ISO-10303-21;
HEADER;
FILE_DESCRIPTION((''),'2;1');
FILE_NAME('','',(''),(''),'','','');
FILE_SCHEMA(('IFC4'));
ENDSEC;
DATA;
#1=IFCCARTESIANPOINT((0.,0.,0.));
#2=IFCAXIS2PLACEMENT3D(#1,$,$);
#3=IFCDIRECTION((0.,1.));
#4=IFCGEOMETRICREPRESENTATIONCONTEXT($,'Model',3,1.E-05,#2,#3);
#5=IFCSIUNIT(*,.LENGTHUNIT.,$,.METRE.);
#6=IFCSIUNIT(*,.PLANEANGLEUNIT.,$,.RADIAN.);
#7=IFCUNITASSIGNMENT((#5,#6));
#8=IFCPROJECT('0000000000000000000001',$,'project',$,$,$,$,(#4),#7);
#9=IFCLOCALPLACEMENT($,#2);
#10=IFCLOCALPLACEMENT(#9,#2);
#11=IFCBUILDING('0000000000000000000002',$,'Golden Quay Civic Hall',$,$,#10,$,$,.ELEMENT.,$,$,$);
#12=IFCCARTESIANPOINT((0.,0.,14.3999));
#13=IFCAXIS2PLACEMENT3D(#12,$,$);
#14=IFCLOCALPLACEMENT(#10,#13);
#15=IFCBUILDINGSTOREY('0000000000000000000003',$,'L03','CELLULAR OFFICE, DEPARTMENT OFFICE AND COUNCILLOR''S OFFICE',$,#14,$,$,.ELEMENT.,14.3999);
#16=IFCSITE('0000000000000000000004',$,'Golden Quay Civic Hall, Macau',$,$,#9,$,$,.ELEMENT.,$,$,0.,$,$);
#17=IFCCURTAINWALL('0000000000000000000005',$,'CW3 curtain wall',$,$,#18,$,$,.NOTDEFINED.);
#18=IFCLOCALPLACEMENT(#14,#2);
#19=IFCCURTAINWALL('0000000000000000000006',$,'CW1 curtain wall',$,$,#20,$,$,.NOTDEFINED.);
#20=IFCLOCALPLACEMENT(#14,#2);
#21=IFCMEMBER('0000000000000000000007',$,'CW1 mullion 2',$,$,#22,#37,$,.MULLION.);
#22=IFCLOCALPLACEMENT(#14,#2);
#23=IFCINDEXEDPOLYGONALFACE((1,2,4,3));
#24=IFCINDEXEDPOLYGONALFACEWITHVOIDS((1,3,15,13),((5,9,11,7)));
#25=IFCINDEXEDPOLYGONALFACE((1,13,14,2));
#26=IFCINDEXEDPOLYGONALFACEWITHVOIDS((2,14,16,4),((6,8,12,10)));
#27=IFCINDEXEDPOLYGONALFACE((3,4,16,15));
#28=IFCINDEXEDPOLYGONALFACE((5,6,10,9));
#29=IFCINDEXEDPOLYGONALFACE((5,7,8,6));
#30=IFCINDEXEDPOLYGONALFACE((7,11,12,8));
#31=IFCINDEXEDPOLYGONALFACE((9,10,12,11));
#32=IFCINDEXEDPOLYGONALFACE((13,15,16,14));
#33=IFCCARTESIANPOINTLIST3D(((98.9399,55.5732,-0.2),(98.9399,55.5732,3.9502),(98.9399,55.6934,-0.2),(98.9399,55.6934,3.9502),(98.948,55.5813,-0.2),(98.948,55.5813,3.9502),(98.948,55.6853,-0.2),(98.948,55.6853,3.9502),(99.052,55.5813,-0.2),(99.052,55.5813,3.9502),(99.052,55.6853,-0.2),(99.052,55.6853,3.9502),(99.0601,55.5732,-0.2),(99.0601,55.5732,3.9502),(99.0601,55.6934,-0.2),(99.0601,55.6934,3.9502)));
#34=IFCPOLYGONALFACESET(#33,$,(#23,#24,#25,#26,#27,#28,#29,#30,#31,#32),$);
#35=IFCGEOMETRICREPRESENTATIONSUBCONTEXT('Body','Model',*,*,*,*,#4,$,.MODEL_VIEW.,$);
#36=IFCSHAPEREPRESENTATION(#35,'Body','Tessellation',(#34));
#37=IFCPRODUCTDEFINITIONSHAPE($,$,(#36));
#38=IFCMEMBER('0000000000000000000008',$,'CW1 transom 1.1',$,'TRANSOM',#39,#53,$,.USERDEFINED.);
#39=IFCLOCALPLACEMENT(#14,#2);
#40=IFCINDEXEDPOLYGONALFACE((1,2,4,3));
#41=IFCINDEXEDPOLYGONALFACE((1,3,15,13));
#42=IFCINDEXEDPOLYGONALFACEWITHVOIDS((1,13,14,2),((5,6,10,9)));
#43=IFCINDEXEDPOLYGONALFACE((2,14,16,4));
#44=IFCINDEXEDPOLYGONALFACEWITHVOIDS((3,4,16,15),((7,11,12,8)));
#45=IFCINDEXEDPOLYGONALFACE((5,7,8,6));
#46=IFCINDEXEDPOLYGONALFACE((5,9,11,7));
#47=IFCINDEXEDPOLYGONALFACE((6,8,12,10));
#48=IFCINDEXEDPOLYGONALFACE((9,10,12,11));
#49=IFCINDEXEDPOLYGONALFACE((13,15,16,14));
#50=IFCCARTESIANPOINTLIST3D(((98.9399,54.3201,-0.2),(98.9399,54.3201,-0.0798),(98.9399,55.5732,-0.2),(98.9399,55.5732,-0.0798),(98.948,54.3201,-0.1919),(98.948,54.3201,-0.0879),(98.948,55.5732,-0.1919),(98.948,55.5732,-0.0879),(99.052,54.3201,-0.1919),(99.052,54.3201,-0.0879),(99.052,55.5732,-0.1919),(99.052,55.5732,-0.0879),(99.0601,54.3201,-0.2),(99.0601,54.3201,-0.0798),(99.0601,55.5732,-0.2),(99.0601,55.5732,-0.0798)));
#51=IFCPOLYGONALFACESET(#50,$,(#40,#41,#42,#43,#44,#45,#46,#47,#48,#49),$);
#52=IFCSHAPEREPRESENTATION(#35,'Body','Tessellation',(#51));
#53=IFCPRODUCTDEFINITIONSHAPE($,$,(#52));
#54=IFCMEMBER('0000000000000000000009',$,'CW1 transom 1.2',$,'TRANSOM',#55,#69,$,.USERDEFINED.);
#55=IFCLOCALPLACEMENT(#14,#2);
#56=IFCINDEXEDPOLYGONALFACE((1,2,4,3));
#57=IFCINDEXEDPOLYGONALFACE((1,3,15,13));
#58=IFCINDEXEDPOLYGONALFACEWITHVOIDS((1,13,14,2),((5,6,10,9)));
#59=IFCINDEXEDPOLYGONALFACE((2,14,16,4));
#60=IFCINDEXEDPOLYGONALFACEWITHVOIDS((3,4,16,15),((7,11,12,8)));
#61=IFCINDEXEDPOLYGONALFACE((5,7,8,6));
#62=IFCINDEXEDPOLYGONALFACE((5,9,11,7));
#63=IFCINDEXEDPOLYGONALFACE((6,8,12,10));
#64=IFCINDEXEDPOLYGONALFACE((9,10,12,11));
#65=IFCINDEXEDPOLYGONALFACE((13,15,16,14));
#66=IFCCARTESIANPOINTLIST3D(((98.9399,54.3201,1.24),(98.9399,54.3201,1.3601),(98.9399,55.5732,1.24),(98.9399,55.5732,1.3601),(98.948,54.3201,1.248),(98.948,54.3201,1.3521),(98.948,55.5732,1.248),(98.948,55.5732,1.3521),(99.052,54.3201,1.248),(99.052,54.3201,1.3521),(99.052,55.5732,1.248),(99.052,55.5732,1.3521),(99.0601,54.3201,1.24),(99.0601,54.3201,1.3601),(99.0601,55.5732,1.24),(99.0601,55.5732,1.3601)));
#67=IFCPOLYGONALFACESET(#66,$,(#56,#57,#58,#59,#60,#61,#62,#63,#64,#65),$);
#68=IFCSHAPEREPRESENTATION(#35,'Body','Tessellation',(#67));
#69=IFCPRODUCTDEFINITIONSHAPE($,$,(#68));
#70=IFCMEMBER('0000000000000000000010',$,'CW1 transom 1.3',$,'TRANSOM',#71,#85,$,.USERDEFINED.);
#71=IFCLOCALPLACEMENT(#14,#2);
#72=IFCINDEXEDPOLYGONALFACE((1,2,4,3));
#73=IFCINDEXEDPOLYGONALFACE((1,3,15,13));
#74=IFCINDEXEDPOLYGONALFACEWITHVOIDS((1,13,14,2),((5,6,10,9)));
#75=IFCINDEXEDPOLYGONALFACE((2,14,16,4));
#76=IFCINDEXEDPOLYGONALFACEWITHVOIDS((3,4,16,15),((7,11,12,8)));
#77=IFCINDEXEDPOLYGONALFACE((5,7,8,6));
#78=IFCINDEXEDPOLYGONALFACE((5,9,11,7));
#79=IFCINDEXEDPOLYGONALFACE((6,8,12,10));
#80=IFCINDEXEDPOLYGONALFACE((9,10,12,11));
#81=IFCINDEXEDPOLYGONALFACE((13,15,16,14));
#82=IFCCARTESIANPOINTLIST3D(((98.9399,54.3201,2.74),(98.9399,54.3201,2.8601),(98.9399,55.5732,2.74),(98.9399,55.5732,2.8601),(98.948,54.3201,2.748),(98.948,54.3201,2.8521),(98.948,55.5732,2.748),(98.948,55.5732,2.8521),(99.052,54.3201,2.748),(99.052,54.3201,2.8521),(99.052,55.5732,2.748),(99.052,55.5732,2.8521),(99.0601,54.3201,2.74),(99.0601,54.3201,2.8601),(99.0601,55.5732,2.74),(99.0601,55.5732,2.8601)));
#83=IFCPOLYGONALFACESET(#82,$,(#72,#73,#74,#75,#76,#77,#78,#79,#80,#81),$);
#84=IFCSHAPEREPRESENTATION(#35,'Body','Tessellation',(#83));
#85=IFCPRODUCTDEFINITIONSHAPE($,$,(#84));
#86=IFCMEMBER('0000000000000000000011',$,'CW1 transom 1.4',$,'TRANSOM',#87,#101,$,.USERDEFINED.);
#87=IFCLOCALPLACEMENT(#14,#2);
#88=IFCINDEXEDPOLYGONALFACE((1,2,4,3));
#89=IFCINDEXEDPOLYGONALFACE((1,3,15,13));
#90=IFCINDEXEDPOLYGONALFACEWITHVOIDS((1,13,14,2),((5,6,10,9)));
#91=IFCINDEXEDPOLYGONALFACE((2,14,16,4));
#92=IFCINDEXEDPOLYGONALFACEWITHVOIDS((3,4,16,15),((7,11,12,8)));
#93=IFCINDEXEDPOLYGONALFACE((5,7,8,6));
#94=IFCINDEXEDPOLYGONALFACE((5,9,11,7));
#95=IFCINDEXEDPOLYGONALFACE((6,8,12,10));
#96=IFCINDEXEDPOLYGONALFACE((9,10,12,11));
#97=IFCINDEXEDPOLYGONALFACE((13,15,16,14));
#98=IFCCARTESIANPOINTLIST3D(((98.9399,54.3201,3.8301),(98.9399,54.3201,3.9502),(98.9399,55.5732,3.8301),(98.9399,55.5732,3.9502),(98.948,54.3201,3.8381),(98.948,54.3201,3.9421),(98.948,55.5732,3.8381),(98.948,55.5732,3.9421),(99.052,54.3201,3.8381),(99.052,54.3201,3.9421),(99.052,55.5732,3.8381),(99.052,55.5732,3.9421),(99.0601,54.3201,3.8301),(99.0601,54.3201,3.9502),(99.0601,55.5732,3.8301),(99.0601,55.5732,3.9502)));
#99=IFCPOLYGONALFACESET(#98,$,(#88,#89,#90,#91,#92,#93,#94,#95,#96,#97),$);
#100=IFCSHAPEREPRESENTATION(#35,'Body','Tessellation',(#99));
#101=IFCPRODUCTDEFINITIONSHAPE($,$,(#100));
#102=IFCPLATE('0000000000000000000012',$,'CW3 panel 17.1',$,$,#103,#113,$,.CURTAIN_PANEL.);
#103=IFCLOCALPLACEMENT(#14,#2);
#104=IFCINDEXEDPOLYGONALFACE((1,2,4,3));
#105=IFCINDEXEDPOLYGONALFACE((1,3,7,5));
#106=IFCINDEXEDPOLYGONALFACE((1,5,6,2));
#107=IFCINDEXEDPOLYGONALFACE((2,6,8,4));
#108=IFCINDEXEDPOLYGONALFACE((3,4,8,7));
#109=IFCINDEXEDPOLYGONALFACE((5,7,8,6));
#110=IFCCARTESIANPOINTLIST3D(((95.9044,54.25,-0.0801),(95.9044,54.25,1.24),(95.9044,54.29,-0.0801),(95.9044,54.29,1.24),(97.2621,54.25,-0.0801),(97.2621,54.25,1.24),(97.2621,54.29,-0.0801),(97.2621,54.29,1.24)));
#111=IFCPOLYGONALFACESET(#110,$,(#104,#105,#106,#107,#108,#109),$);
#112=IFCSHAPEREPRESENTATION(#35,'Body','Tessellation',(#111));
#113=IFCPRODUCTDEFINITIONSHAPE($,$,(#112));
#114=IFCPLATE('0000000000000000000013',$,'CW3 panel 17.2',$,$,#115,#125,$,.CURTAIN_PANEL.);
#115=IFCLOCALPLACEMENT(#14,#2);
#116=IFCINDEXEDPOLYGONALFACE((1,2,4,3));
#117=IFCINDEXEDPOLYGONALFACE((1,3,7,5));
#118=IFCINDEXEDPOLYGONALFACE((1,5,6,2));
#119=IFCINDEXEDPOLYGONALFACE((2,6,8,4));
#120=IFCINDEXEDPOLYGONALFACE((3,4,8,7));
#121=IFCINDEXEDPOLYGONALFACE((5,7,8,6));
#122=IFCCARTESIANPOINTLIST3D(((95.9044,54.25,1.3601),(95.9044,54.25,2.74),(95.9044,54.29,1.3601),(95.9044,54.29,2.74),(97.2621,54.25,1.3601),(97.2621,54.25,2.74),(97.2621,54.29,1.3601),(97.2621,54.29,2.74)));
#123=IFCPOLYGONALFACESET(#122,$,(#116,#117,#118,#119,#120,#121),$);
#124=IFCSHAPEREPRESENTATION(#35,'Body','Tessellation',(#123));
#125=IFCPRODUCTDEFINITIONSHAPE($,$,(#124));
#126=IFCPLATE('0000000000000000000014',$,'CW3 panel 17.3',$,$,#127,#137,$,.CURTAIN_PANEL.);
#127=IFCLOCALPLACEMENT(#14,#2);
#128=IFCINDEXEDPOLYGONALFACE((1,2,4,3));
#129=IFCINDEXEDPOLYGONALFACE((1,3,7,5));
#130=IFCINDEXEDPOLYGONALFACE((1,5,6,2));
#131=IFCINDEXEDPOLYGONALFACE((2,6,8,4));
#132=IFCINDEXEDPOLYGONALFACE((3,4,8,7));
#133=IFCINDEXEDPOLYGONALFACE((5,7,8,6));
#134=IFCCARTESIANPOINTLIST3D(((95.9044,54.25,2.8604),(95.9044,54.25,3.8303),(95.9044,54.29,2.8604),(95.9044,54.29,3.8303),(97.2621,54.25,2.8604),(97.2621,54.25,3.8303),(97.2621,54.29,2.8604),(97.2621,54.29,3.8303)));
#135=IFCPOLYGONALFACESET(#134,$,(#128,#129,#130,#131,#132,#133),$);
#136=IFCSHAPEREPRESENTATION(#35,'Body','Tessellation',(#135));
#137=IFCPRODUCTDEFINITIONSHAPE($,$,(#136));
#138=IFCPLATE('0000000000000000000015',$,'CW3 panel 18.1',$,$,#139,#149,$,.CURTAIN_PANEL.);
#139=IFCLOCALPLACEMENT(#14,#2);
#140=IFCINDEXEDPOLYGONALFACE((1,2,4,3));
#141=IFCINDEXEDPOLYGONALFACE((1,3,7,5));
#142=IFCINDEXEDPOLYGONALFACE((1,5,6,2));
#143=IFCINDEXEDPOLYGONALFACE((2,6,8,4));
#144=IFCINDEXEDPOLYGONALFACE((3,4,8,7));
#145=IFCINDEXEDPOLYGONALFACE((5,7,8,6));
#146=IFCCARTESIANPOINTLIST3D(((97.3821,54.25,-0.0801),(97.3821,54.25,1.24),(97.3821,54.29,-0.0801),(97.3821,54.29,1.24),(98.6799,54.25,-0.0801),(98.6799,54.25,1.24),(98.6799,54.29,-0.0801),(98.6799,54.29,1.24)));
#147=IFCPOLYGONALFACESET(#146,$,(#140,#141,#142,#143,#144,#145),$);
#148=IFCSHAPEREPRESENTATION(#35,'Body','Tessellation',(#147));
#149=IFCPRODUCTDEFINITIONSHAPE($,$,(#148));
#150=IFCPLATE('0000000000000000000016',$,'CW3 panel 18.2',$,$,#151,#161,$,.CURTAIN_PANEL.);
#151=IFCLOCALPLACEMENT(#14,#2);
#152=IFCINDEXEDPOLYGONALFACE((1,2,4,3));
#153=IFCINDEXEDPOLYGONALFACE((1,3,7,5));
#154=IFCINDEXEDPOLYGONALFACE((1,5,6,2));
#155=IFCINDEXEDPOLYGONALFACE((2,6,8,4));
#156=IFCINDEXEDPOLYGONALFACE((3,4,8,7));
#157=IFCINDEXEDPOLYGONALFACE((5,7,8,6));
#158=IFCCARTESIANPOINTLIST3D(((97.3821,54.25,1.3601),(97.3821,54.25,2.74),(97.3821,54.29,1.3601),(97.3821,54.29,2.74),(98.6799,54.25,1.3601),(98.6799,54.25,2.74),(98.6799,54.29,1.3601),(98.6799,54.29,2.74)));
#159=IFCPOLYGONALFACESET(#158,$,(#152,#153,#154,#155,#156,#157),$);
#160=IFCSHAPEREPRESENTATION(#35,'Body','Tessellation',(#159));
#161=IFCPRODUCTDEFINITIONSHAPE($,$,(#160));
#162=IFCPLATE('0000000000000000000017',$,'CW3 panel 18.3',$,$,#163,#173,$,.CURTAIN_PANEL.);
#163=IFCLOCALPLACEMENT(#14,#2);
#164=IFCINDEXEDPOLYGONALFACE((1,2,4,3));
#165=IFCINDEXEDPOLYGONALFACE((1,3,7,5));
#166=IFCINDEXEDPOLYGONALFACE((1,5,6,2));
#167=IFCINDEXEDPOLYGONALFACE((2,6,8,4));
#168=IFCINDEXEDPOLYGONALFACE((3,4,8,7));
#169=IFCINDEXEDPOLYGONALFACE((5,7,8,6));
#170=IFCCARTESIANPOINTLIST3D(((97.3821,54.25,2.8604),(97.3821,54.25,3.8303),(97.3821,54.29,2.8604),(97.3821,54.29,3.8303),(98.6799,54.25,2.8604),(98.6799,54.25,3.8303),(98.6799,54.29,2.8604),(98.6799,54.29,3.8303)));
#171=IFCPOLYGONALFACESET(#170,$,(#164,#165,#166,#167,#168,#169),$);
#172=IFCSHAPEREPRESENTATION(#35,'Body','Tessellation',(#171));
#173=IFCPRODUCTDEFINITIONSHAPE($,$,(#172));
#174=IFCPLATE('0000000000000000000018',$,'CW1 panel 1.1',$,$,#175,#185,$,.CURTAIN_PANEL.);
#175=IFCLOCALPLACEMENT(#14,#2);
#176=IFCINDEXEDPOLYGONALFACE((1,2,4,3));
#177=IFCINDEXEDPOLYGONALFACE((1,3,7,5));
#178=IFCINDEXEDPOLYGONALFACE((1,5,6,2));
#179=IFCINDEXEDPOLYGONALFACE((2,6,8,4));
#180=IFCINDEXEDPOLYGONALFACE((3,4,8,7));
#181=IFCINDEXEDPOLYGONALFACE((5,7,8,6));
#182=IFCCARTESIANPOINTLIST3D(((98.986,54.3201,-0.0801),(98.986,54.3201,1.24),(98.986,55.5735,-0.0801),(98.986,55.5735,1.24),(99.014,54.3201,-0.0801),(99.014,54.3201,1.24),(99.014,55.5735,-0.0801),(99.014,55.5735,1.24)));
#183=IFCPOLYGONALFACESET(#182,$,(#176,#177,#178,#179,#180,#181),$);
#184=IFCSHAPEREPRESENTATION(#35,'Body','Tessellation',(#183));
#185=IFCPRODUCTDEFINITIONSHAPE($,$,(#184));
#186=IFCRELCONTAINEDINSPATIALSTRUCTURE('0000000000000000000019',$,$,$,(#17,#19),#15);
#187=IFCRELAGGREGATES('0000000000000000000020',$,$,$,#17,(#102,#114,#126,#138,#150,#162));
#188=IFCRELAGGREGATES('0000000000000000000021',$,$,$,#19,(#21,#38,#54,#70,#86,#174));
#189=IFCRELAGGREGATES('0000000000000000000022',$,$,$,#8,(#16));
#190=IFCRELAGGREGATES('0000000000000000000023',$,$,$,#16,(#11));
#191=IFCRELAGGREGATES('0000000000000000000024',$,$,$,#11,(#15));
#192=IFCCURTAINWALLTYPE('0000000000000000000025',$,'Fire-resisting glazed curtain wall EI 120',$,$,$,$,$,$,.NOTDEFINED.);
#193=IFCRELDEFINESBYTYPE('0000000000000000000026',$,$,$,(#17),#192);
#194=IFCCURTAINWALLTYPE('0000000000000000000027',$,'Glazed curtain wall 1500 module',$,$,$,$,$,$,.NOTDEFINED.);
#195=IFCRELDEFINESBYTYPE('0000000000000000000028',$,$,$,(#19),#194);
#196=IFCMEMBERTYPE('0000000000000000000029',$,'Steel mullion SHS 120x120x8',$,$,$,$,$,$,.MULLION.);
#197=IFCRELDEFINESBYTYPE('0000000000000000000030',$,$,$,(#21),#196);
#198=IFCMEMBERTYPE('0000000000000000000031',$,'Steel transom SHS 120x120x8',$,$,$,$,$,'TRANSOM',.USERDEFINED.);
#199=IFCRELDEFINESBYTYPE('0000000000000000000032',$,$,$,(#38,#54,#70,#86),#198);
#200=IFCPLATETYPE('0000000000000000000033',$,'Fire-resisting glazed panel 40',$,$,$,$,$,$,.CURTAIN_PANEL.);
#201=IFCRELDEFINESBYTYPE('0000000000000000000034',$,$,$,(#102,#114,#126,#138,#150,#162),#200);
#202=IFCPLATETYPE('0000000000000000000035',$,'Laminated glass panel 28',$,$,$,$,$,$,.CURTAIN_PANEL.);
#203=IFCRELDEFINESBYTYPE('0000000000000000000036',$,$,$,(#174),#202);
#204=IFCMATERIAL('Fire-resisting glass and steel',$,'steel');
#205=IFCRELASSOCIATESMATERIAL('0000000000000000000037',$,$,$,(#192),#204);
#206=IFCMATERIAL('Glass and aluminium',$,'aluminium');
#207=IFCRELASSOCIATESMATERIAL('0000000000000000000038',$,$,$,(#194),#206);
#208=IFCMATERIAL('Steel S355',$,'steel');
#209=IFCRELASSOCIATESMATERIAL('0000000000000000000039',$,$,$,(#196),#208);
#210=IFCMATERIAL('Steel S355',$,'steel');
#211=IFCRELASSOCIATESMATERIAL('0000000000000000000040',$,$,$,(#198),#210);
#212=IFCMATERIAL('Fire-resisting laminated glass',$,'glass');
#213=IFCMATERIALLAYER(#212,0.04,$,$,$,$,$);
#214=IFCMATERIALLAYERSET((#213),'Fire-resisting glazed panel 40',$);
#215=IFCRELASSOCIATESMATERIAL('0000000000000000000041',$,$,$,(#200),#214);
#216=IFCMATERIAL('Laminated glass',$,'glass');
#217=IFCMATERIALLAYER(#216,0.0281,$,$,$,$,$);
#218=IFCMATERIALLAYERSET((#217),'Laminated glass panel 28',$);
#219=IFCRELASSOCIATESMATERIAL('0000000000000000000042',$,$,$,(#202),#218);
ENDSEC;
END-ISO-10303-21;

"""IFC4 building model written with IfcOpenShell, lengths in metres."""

from ifc_helpers import new_model, si_unit, direction, frame, origin, origin_2d, place, context, subcontext, project, spatial, rectangle, hollow_rectangle, extrude, material, layer, layer_set, material_profile, profile_set, type_object, element, aggregate, save


model = new_model("IFC4")

# Units and contexts
model_context = context("Model", 3, precision=1e-05, world=origin(), true_north=direction((0.0, 1.0)))
body_context = subcontext(model_context, "Body", "Model", "MODEL_VIEW")
ifc_project = project(units=[si_unit("LENGTHUNIT", "METRE"), si_unit("PLANEANGLEUNIT", "RADIAN")], contexts=[model_context])

# Site, building, storey
site_placement = place(None, origin())
site = spatial("IfcSite", under=ifc_project, at=site_placement, Name="Golden Quay Civic Hall, Macau", CompositionType="ELEMENT", RefElevation=0.0)
building_placement = place(site_placement, origin())
building = spatial("IfcBuilding", under=site, at=building_placement, Name="Golden Quay Civic Hall", CompositionType="ELEMENT")
storey_placement = place(building_placement, frame((0.0, 0.0, 14.3999)))
storey = spatial("IfcBuildingStorey", under=building, at=storey_placement, Name="L03", Description="CELLULAR OFFICE, DEPARTMENT OFFICE AND COUNCILLOR'S OFFICE", CompositionType="ELEMENT", Elevation=14.3999)

# Curtain walls, members
ifc_material_1 = material(Name="Fire-resisting glass and steel", Category="steel")
curtain_wall_type_1 = type_object("IfcCurtainWallType", Name="Fire-resisting glazed curtain wall EI 120", PredefinedType="NOTDEFINED", material=ifc_material_1)
curtain_wall_1_placement = place(storey_placement, origin())
curtain_wall_1 = element("IfcCurtainWall", 1, at=curtain_wall_1_placement, inside=storey, type_object=curtain_wall_type_1, Name="CW3 curtain wall", PredefinedType="NOTDEFINED")
ifc_material_2 = material(Name="Glass and aluminium", Category="aluminium")
curtain_wall_type_2 = type_object("IfcCurtainWallType", Name="Glazed curtain wall 1500 module", PredefinedType="NOTDEFINED", material=ifc_material_2)
curtain_wall_2_placement = place(storey_placement, origin())
curtain_wall_2 = element("IfcCurtainWall", 2, at=curtain_wall_2_placement, inside=storey, type_object=curtain_wall_type_2, Name="CW1 curtain wall", PredefinedType="NOTDEFINED")
ifc_material_3 = material(Name="Steel S355", Category="steel")
ifc_material_profile_1 = material_profile(ifc_material_3, hollow_rectangle(XDim=0.1201, YDim=0.1201, WallThickness=0.0081, at=origin_2d()), Name="SHS 120x120x8")
ifc_profile_set_1 = profile_set([ifc_material_profile_1], Name="Steel S355")
member_type_1 = type_object("IfcMemberType", Name="Steel mullion SHS 120x120x8", PredefinedType="MULLION", material=ifc_profile_set_1)
member_1_placement = place(storey_placement, frame((99.0, 55.6333, -0.2), z_axis=(0.0, 0.0, 1.0), x_axis=(-1.0, 0.0, 0.0)))
member_1 = element("IfcMember", 3, at=member_1_placement, type_object=member_type_1, Name="CW1 mullion 2", PredefinedType="MULLION", context=body_context, shape_type="SweptSolid", body=[
    extrude(hollow_rectangle(XDim=0.1201, YDim=0.1201, WallThickness=0.0081, at=origin_2d()), origin(), (0.0, 0.0, 1.0), 4.1501),
])
ifc_material_4 = material(Name="Steel S355", Category="steel")
ifc_material_profile_2 = material_profile(ifc_material_4, hollow_rectangle(XDim=0.1201, YDim=0.1201, WallThickness=0.0081, at=origin_2d()), Name="SHS 120x120x8")
ifc_profile_set_2 = profile_set([ifc_material_profile_2], Name="Steel S355")
member_type_2 = type_object("IfcMemberType", Name="Steel transom SHS 120x120x8", ElementType="TRANSOM", PredefinedType="USERDEFINED", material=ifc_profile_set_2)
member_2_placement = place(storey_placement, frame((99.0, 54.3201, -0.1399), z_axis=(0.0, 1.0, 0.0), x_axis=(-1.0, 0.0, 0.0)))
member_2 = element("IfcMember", 4, at=member_2_placement, type_object=member_type_2, Name="CW1 transom 1.1", ObjectType="TRANSOM", PredefinedType="USERDEFINED", context=body_context, shape_type="SweptSolid", body=[
    extrude(hollow_rectangle(XDim=0.1201, YDim=0.1201, WallThickness=0.0081, at=origin_2d()), origin(), (0.0, 0.0, 1.0), 1.2532),
])
member_3_placement = place(storey_placement, frame((99.0, 54.3201, 1.3), z_axis=(0.0, 1.0, 0.0), x_axis=(-1.0, 0.0, 0.0)))
member_3 = element("IfcMember", 5, at=member_3_placement, type_object=member_type_2, Name="CW1 transom 1.2", ObjectType="TRANSOM", PredefinedType="USERDEFINED", context=body_context, shape_type="SweptSolid", body=[
    extrude(hollow_rectangle(XDim=0.1201, YDim=0.1201, WallThickness=0.0081, at=origin_2d()), origin(), (0.0, 0.0, 1.0), 1.2532),
])
member_4_placement = place(storey_placement, frame((99.0, 54.3201, 2.8), z_axis=(0.0, 1.0, 0.0), x_axis=(-1.0, 0.0, 0.0)))
member_4 = element("IfcMember", 6, at=member_4_placement, type_object=member_type_2, Name="CW1 transom 1.3", ObjectType="TRANSOM", PredefinedType="USERDEFINED", context=body_context, shape_type="SweptSolid", body=[
    extrude(hollow_rectangle(XDim=0.1201, YDim=0.1201, WallThickness=0.0081, at=origin_2d()), origin(), (0.0, 0.0, 1.0), 1.2532),
])
member_5_placement = place(storey_placement, frame((99.0, 54.3201, 3.8901), z_axis=(0.0, 1.0, 0.0), x_axis=(-1.0, 0.0, 0.0)))
member_5 = element("IfcMember", 7, at=member_5_placement, type_object=member_type_2, Name="CW1 transom 1.4", ObjectType="TRANSOM", PredefinedType="USERDEFINED", context=body_context, shape_type="SweptSolid", body=[
    extrude(hollow_rectangle(XDim=0.1201, YDim=0.1201, WallThickness=0.0081, at=origin_2d()), origin(), (0.0, 0.0, 1.0), 1.2532),
])

# Plates
ifc_material_5 = material(Name="Fire-resisting laminated glass", Category="glass")
ifc_layer_1 = layer(ifc_material_5, 0.04)
ifc_layer_set_1 = layer_set([ifc_layer_1], Name="Fire-resisting glazed panel 40")
plate_type_1 = type_object("IfcPlateType", Name="Fire-resisting glazed panel 40", PredefinedType="CURTAIN_PANEL", material=ifc_layer_set_1)
plate_1_placement = place(storey_placement, frame((96.5833, 54.27, -0.0801), z_axis=(0.0, 0.0, 1.0), x_axis=(1.0, 0.0, 0.0)))
plate_1 = element("IfcPlate", 8, at=plate_1_placement, type_object=plate_type_1, Name="CW3 panel 17.1", PredefinedType="CURTAIN_PANEL", context=body_context, shape_type="SweptSolid", body=[
    extrude(rectangle(XDim=1.3577, YDim=0.04, at=origin_2d()), origin(), (0.0, 0.0, 1.0), 1.3201),
])
plate_2_placement = place(storey_placement, frame((96.5833, 54.27, 1.3601), z_axis=(0.0, 0.0, 1.0), x_axis=(1.0, 0.0, 0.0)))
plate_2 = element("IfcPlate", 9, at=plate_2_placement, type_object=plate_type_1, Name="CW3 panel 17.2", PredefinedType="CURTAIN_PANEL", context=body_context, shape_type="SweptSolid", body=[
    extrude(rectangle(XDim=1.3577, YDim=0.04, at=origin_2d()), origin(), (0.0, 0.0, 1.0), 1.3799),
])
plate_3_placement = place(storey_placement, frame((96.5833, 54.27, 2.8604), z_axis=(0.0, 0.0, 1.0), x_axis=(1.0, 0.0, 0.0)))
plate_3 = element("IfcPlate", 10, at=plate_3_placement, type_object=plate_type_1, Name="CW3 panel 17.3", PredefinedType="CURTAIN_PANEL", context=body_context, shape_type="SweptSolid", body=[
    extrude(rectangle(XDim=1.3577, YDim=0.04, at=origin_2d()), origin(), (0.0, 0.0, 1.0), 0.97),
])
plate_4_placement = place(storey_placement, frame((98.031, 54.27, -0.0801), z_axis=(0.0, 0.0, 1.0), x_axis=(1.0, 0.0, 0.0)))
plate_4 = element("IfcPlate", 11, at=plate_4_placement, type_object=plate_type_1, Name="CW3 panel 18.1", PredefinedType="CURTAIN_PANEL", context=body_context, shape_type="SweptSolid", body=[
    extrude(rectangle(XDim=1.2979, YDim=0.04, at=origin_2d()), origin(), (0.0, 0.0, 1.0), 1.3201),
])
plate_5_placement = place(storey_placement, frame((98.031, 54.27, 1.3601), z_axis=(0.0, 0.0, 1.0), x_axis=(1.0, 0.0, 0.0)))
plate_5 = element("IfcPlate", 12, at=plate_5_placement, type_object=plate_type_1, Name="CW3 panel 18.2", PredefinedType="CURTAIN_PANEL", context=body_context, shape_type="SweptSolid", body=[
    extrude(rectangle(XDim=1.2979, YDim=0.04, at=origin_2d()), origin(), (0.0, 0.0, 1.0), 1.3799),
])
plate_6_placement = place(storey_placement, frame((98.031, 54.27, 2.8604), z_axis=(0.0, 0.0, 1.0), x_axis=(1.0, 0.0, 0.0)))
plate_6 = element("IfcPlate", 13, at=plate_6_placement, type_object=plate_type_1, Name="CW3 panel 18.3", PredefinedType="CURTAIN_PANEL", context=body_context, shape_type="SweptSolid", body=[
    extrude(rectangle(XDim=1.2979, YDim=0.04, at=origin_2d()), origin(), (0.0, 0.0, 1.0), 0.97),
])
aggregate(curtain_wall_1, [plate_1, plate_2, plate_3, plate_4, plate_5, plate_6])
ifc_material_6 = material(Name="Laminated glass", Category="glass")
ifc_layer_2 = layer(ifc_material_6, 0.0281)
ifc_layer_set_2 = layer_set([ifc_layer_2], Name="Laminated glass panel 28")
plate_type_2 = type_object("IfcPlateType", Name="Laminated glass panel 28", PredefinedType="CURTAIN_PANEL", material=ifc_layer_set_2)
plate_7_placement = place(storey_placement, frame((99.0, 54.9468, -0.0801), z_axis=(0.0, 0.0, 1.0), x_axis=(0.0, 1.0, 0.0)))
plate_7 = element("IfcPlate", 14, at=plate_7_placement, type_object=plate_type_2, Name="CW1 panel 1.1", PredefinedType="CURTAIN_PANEL", context=body_context, shape_type="SweptSolid", body=[
    extrude(rectangle(XDim=1.2534, YDim=0.0281, at=origin_2d()), origin(), (0.0, 0.0, 1.0), 1.3201),
])
aggregate(curtain_wall_2, [member_1, member_2, member_3, member_4, member_5, plate_7])

save(model, "model.ifc")
